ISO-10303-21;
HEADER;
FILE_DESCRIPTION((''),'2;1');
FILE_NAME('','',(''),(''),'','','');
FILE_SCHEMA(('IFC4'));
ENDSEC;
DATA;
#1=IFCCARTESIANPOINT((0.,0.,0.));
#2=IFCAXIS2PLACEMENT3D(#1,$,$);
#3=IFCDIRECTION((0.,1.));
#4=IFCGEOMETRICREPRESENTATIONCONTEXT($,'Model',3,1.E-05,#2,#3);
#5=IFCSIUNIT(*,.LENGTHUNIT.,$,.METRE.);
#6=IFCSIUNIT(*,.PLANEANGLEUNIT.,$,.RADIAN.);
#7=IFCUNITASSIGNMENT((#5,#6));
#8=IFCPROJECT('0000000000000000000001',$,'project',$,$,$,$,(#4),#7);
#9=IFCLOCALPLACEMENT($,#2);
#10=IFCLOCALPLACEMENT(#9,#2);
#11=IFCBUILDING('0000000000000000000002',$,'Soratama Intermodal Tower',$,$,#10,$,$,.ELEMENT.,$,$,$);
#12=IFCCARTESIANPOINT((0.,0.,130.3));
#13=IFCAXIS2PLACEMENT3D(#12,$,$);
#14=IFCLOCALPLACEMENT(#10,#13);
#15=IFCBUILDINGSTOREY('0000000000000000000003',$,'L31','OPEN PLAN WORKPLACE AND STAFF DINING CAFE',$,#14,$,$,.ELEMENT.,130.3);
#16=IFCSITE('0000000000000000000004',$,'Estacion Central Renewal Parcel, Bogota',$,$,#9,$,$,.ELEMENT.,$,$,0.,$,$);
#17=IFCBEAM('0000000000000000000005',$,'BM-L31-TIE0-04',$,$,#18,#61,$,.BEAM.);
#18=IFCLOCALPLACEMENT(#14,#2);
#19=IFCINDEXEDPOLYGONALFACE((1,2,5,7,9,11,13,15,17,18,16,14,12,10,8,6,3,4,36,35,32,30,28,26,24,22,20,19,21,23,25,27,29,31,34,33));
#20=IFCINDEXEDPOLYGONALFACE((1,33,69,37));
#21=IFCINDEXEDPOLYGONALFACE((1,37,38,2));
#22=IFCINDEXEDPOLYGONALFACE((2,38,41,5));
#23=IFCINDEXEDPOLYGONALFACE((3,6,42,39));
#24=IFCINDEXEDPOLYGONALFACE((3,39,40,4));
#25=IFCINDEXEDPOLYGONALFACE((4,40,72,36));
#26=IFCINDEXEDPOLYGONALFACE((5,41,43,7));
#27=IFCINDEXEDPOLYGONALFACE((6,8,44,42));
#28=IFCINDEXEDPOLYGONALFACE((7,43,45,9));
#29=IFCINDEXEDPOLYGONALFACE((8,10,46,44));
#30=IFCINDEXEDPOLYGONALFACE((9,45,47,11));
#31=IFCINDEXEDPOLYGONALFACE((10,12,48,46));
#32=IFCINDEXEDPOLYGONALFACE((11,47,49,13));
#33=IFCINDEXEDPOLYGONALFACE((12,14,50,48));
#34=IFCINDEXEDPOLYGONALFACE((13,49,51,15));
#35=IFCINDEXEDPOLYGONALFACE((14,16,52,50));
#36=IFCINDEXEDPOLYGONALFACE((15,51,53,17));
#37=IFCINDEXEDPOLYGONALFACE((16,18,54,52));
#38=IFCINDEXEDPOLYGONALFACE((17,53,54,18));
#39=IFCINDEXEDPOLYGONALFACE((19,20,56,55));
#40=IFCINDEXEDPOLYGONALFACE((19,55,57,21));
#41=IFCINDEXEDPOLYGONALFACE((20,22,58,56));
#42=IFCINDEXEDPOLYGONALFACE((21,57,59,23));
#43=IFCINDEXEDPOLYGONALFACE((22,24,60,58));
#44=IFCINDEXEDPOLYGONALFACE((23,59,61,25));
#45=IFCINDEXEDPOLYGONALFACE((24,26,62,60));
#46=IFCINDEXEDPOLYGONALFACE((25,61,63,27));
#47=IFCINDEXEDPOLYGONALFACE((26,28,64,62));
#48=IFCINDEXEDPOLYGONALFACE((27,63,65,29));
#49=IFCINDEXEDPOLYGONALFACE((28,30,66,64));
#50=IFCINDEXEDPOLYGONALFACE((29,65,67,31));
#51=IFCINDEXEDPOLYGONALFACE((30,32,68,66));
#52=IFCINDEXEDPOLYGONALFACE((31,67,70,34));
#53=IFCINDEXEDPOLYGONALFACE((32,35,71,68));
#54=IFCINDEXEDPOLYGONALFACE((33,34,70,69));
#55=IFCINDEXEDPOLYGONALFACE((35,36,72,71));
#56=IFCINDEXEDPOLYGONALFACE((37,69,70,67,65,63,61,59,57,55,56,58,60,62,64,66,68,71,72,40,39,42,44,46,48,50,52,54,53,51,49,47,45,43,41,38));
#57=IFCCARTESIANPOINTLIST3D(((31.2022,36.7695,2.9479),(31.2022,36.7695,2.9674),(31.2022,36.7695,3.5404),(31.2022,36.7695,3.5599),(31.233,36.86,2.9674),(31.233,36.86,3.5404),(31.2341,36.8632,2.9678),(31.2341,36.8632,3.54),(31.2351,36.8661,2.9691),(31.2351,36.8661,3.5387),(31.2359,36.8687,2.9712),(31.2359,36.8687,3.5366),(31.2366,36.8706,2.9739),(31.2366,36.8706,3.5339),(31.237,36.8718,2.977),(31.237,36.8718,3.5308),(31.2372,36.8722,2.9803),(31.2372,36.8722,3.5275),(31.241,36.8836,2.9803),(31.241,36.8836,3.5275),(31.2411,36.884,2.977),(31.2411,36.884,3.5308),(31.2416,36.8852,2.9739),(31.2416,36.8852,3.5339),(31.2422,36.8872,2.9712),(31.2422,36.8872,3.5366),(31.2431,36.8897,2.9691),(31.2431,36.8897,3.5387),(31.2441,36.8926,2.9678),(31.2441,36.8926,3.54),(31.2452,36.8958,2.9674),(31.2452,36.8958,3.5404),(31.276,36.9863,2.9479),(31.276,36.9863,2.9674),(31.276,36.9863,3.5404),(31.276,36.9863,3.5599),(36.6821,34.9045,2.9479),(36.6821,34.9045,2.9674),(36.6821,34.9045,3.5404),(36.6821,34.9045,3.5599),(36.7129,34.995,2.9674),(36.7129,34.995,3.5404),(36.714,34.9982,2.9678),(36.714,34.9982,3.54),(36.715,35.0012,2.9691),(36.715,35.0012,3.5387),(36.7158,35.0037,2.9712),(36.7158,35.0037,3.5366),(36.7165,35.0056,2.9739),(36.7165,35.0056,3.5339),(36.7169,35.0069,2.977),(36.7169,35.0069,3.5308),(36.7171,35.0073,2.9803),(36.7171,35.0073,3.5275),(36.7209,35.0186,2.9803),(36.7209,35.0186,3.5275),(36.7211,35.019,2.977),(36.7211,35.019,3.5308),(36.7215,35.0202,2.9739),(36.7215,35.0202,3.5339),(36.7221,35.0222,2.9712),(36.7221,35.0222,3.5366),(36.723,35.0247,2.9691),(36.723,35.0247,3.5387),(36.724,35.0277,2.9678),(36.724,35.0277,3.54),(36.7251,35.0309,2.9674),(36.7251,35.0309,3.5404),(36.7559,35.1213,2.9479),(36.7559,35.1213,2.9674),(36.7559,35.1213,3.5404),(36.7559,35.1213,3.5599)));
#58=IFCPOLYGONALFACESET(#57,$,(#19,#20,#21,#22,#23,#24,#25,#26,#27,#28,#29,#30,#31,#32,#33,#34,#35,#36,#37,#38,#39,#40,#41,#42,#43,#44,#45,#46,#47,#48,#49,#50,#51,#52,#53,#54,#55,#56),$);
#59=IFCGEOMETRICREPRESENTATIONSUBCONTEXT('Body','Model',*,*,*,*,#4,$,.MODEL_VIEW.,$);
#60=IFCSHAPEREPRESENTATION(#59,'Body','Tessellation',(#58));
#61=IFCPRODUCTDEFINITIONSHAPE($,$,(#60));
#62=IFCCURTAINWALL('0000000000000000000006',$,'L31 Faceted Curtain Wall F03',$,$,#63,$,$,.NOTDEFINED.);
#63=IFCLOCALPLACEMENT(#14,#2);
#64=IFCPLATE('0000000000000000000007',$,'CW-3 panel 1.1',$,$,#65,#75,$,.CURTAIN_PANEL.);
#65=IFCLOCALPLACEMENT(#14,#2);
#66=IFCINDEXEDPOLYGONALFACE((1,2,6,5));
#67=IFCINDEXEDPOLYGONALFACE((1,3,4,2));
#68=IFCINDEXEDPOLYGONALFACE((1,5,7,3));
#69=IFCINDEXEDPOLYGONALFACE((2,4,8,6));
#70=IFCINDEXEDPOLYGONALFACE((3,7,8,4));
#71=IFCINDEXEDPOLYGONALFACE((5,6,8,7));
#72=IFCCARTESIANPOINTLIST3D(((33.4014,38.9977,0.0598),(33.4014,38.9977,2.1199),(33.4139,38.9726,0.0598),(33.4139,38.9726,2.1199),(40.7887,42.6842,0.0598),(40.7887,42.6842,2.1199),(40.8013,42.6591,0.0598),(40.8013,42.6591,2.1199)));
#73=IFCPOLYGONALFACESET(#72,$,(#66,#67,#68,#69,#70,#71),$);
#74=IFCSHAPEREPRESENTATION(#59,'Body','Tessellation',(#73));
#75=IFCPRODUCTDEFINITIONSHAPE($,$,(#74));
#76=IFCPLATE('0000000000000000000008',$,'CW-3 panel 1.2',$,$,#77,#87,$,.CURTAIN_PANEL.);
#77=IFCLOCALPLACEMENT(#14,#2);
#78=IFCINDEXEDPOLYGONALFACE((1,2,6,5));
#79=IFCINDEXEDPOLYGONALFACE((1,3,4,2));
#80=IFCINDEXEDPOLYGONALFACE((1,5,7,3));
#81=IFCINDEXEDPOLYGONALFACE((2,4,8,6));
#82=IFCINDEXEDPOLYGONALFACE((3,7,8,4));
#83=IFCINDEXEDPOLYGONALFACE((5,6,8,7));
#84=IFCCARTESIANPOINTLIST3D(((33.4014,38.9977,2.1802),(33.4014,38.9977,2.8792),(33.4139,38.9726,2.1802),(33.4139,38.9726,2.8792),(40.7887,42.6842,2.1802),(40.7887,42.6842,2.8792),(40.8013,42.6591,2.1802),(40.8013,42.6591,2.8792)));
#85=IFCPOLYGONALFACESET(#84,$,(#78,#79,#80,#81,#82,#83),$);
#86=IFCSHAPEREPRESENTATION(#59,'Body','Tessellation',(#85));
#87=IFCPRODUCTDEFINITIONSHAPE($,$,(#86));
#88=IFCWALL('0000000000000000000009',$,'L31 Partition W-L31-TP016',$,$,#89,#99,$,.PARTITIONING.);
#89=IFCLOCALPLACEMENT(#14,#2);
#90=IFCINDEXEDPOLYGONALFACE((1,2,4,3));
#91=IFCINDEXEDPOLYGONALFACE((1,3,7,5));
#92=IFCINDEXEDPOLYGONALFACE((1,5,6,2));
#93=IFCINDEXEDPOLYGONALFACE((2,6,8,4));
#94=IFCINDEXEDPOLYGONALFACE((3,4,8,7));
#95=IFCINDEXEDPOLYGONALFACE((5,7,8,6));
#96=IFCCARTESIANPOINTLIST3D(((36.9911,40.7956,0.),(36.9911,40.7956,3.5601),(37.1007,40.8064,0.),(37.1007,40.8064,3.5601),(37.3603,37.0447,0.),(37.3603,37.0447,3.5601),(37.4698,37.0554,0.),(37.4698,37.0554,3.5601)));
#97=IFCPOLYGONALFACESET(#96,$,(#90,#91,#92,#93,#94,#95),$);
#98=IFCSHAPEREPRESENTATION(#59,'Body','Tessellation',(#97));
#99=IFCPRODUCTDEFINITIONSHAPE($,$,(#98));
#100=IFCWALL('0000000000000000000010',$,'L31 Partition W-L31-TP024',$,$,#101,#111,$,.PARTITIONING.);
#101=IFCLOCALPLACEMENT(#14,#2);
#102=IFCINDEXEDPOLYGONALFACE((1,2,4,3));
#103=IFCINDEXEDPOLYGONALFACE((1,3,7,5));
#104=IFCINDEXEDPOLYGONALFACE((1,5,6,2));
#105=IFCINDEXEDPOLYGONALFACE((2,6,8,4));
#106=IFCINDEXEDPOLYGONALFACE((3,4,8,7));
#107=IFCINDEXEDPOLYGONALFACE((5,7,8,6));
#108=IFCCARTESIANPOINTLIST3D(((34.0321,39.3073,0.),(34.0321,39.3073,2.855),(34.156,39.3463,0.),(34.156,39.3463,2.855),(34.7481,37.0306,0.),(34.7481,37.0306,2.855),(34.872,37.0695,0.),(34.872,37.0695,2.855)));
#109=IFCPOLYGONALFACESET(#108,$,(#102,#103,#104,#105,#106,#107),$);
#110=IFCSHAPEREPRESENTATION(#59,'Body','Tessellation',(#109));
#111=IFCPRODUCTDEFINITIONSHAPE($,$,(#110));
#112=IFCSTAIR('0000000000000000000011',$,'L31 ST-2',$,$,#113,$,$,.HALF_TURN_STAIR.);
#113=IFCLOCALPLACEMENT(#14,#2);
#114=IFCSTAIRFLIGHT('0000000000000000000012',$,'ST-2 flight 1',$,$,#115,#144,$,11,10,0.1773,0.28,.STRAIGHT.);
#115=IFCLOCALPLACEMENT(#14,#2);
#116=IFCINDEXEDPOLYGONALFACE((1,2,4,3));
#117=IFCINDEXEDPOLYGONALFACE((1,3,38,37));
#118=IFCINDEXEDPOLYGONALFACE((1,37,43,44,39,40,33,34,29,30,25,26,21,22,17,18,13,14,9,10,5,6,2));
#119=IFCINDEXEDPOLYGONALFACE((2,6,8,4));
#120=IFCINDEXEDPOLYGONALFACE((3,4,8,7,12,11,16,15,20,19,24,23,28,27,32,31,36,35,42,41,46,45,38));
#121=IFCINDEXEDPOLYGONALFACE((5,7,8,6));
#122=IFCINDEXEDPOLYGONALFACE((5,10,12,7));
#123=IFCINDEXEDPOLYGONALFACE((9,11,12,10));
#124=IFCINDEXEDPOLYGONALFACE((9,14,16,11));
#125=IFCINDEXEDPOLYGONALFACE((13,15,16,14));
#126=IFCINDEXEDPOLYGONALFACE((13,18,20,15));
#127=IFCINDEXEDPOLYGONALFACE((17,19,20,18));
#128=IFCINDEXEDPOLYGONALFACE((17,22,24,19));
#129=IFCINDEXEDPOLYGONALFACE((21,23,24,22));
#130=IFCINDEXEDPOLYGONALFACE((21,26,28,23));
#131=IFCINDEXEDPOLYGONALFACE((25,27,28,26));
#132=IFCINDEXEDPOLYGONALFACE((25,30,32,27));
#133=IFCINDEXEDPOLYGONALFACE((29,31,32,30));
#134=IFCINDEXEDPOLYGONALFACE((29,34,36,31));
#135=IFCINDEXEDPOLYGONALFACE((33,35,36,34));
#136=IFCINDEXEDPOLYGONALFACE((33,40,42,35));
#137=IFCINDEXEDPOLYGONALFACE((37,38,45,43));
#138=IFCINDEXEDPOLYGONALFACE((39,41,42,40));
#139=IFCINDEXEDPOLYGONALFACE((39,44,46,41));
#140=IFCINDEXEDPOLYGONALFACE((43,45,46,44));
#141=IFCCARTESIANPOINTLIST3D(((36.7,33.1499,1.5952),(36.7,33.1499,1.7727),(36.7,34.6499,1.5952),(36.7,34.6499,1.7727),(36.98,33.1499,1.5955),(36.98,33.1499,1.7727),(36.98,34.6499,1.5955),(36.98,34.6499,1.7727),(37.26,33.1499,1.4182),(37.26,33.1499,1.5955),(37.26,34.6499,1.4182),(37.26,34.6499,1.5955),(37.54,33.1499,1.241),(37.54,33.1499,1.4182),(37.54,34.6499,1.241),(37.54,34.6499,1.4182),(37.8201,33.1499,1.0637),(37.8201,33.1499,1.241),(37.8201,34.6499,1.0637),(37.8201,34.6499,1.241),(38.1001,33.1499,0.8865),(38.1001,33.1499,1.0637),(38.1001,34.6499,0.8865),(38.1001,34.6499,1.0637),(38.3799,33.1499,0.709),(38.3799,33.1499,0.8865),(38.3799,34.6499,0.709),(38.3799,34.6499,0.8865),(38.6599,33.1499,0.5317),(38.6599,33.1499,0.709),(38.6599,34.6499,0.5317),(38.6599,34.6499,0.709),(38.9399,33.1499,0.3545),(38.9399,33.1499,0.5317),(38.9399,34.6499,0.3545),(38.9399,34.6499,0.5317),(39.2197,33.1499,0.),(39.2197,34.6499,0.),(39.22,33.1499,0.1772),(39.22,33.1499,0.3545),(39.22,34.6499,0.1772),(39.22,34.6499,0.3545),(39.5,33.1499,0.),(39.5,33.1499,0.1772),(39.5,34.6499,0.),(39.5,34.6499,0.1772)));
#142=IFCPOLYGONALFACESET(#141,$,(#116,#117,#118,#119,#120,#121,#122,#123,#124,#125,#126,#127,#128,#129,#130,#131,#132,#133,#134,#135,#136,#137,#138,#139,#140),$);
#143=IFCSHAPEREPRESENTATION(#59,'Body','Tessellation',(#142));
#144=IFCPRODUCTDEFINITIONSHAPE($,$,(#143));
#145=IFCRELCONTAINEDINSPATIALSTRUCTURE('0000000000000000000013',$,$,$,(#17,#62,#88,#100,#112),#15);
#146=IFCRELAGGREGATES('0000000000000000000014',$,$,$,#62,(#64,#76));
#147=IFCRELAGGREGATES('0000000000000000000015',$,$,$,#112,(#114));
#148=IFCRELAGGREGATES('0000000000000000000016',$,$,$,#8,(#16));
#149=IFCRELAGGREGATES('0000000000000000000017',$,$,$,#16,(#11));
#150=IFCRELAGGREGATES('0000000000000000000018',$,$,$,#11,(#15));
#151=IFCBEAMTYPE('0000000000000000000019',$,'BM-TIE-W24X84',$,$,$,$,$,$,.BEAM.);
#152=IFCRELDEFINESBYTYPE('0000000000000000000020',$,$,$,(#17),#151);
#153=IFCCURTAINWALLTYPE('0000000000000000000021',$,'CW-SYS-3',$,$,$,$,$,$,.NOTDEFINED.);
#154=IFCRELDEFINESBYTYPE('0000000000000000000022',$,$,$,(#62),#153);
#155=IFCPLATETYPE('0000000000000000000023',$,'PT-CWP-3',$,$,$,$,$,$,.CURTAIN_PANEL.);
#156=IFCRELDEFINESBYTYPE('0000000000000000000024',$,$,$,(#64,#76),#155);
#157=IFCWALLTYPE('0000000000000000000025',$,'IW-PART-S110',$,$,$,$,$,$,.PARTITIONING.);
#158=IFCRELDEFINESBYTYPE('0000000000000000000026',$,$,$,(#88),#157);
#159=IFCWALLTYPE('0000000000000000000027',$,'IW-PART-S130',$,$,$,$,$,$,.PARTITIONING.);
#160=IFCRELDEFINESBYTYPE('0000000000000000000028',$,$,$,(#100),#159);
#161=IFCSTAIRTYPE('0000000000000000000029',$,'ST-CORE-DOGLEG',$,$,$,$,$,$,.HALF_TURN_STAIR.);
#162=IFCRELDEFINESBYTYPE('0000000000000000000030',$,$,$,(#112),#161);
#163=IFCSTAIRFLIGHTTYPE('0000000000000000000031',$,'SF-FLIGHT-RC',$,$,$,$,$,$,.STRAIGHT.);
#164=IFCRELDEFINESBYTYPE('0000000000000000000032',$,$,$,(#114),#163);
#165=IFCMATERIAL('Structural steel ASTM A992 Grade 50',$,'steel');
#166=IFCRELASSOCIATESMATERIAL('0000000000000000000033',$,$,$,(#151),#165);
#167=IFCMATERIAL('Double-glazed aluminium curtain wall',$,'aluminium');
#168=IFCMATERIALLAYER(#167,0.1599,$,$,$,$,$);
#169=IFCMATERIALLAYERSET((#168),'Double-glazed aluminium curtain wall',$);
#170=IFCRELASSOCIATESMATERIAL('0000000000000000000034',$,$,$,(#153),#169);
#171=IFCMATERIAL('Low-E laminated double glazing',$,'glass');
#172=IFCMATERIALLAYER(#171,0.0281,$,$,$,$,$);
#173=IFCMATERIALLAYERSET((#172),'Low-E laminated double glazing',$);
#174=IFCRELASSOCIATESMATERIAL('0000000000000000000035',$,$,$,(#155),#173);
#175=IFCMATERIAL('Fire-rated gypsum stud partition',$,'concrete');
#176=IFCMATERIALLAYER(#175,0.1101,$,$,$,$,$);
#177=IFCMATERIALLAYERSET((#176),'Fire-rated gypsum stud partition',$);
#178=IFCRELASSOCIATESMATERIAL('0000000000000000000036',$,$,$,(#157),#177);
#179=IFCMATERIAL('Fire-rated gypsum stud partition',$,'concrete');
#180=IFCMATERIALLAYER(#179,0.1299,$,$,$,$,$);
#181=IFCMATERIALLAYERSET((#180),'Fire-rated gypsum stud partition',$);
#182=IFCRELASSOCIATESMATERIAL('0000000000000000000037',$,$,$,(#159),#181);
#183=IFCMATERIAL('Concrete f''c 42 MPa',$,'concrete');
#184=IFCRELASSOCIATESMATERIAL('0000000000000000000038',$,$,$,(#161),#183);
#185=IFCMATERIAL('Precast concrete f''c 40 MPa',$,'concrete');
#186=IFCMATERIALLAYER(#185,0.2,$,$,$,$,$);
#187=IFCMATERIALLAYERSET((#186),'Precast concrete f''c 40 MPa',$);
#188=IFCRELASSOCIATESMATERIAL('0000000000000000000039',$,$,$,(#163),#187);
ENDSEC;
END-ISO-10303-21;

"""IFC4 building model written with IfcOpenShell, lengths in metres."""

from ifc_helpers import new_model, si_unit, direction, frame, frame_2d, origin, origin_2d, place, context, subcontext, project, spatial, polyline, rectangle, i_section, outline, extrude, material, layer, layer_set, material_profile, profile_set, type_object, element, aggregate, save


model = new_model("IFC4")

# Units and contexts
model_context = context("Model", 3, precision=1e-05, world=origin(), true_north=direction((0.0, 1.0)))
body_context = subcontext(model_context, "Body", "Model", "MODEL_VIEW")
ifc_project = project(units=[si_unit("LENGTHUNIT", "METRE"), si_unit("PLANEANGLEUNIT", "RADIAN")], contexts=[model_context])

# Site, building, storey
site_placement = place(None, origin())
site = spatial("IfcSite", under=ifc_project, at=site_placement, Name="Estacion Central Renewal Parcel, Bogota", CompositionType="ELEMENT", RefElevation=0.0)
building_placement = place(site_placement, origin())
building = spatial("IfcBuilding", under=site, at=building_placement, Name="Soratama Intermodal Tower", CompositionType="ELEMENT")
storey_placement = place(building_placement, frame((0.0, 0.0, 130.3)))
storey = spatial("IfcBuildingStorey", under=building, at=storey_placement, Name="L31", Description="OPEN PLAN WORKPLACE AND STAFF DINING CAFE", CompositionType="ELEMENT", Elevation=130.3)

# Beam
ifc_material_1 = material(Name="Structural steel ASTM A992 Grade 50", Category="steel")
ifc_material_profile_1 = material_profile(ifc_material_1, i_section(OverallWidth=0.229, OverallDepth=0.6121, WebThickness=0.012, FlangeThickness=0.0195, FilletRadius=0.0129, at=origin_2d()), Name="W24X84")
ifc_profile_set_1 = profile_set([ifc_material_profile_1], Name="Structural steel ASTM A992 Grade 50")
beam_type_1 = type_object("IfcBeamType", Name="BM-TIE-W24X84", PredefinedType="BEAM", material=ifc_profile_set_1)
beam_1_placement = place(storey_placement, frame((36.719, 35.0129, 3.2539), z_axis=(-0.946678, 0.322181, 0.0), x_axis=(-0.322181, -0.946678, 0.0)))
element("IfcBeam", 1, at=beam_1_placement, inside=storey, type_object=beam_type_1, Name="BM-L31-TIE0-04", PredefinedType="BEAM", context=body_context, shape_type="SweptSolid", body=[
    extrude(i_section(OverallWidth=0.229, OverallDepth=0.6121, WebThickness=0.012, FlangeThickness=0.0195, FilletRadius=0.0129, at=origin_2d()), origin(), (0.0, 0.0, 1.0), 5.7886),
])

# Curtain wall, plates
ifc_material_2 = material(Name="Double-glazed aluminium curtain wall", Category="aluminium")
ifc_layer_1 = layer(ifc_material_2, 0.1599)
ifc_layer_set_1 = layer_set([ifc_layer_1], Name="Double-glazed aluminium curtain wall")
curtain_wall_type = type_object("IfcCurtainWallType", Name="CW-SYS-3", PredefinedType="NOTDEFINED", material=ifc_layer_set_1)
curtain_wall_placement = place(storey_placement, origin())
curtain_wall = element("IfcCurtainWall", 2, at=curtain_wall_placement, inside=storey, type_object=curtain_wall_type, Name="L31 Faceted Curtain Wall F03", PredefinedType="NOTDEFINED")
ifc_material_3 = material(Name="Low-E laminated double glazing", Category="glass")
ifc_layer_2 = layer(ifc_material_3, 0.0281)
ifc_layer_set_2 = layer_set([ifc_layer_2], Name="Low-E laminated double glazing")
plate_type = type_object("IfcPlateType", Name="PT-CWP-3", PredefinedType="CURTAIN_PANEL", material=ifc_layer_set_2)
plate_1_placement = place(storey_placement, frame((37.1013, 40.8284, 0.0598), z_axis=(0.0, 0.0, 1.0), x_axis=(-0.894776, -0.446516, 0.0)))
plate_1 = element("IfcPlate", 3, at=plate_1_placement, type_object=plate_type, Name="CW-3 panel 1.1", PredefinedType="CURTAIN_PANEL", context=body_context, shape_type="SweptSolid", body=[
    extrude(rectangle(XDim=8.2561, YDim=0.0281, at=origin_2d()), origin(), (0.0, 0.0, 1.0), 2.0601),
])
plate_2_placement = place(storey_placement, frame((37.1013, 40.8284, 2.1802), z_axis=(0.0, 0.0, 1.0), x_axis=(-0.894776, -0.446516, 0.0)))
plate_2 = element("IfcPlate", 4, at=plate_2_placement, type_object=plate_type, Name="CW-3 panel 1.2", PredefinedType="CURTAIN_PANEL", context=body_context, shape_type="SweptSolid", body=[
    extrude(rectangle(XDim=8.2561, YDim=0.0281, at=origin_2d()), origin(), (0.0, 0.0, 1.0), 0.699),
])
aggregate(curtain_wall, [plate_1, plate_2])

# Walls
ifc_material_4 = material(Name="Fire-rated gypsum stud partition", Category="concrete")
ifc_layer_3 = layer(ifc_material_4, 0.1101)
ifc_layer_set_3 = layer_set([ifc_layer_3], Name="Fire-rated gypsum stud partition")
wall_type_1 = type_object("IfcWallType", Name="IW-PART-S110", PredefinedType="PARTITIONING", material=ifc_layer_set_3)
wall_1_placement = place(storey_placement, frame((37.415, 37.05, 0.0), z_axis=(0.0, 0.0, 1.0), x_axis=(-0.097939, 0.995192, 0.0)))
element("IfcWall", 5, at=wall_1_placement, inside=storey, type_object=wall_type_1, Name="L31 Partition W-L31-TP016", PredefinedType="PARTITIONING", context=body_context, shape_type="SweptSolid", body=[
    extrude(rectangle(XDim=3.769, YDim=0.1101, at=frame_2d((1.8845, 0.0))), origin(), (0.0, 0.0, 1.0), 3.5601),
])
ifc_material_5 = material(Name="Fire-rated gypsum stud partition", Category="concrete")
ifc_layer_4 = layer(ifc_material_5, 0.1299)
ifc_layer_set_4 = layer_set([ifc_layer_4], Name="Fire-rated gypsum stud partition")
wall_type_2 = type_object("IfcWallType", Name="IW-PART-S130", PredefinedType="PARTITIONING", material=ifc_layer_set_4)
wall_2_placement = place(storey_placement, frame((34.8101, 37.05, 0.0), z_axis=(0.0, 0.0, 1.0), x_axis=(-0.30001, 0.953936, 0.0)))
element("IfcWall", 6, at=wall_2_placement, inside=storey, type_object=wall_type_2, Name="L31 Partition W-L31-TP024", PredefinedType="PARTITIONING", context=body_context, shape_type="SweptSolid", body=[
    extrude(rectangle(XDim=2.3867, YDim=0.1299, at=frame_2d((1.1934, 0.0))), origin(), (0.0, 0.0, 1.0), 2.855),
])

# Stair, stair flight
ifc_material_6 = material(Name="Concrete f'c 42 MPa", Category="concrete")
stair_type = type_object("IfcStairType", Name="ST-CORE-DOGLEG", PredefinedType="HALF_TURN_STAIR", material=ifc_material_6)
stair_placement = place(storey_placement, origin())
stair = element("IfcStair", 7, at=stair_placement, inside=storey, type_object=stair_type, Name="L31 ST-2", PredefinedType="HALF_TURN_STAIR")
ifc_material_7 = material(Name="Precast concrete f'c 40 MPa", Category="concrete")
ifc_layer_5 = layer(ifc_material_7, 0.2)
ifc_layer_set_5 = layer_set([ifc_layer_5], Name="Precast concrete f'c 40 MPa")
stair_flight_type = type_object("IfcStairFlightType", Name="SF-FLIGHT-RC", PredefinedType="STRAIGHT", material=ifc_layer_set_5)
stair_flight_placement = place(storey_placement, frame((39.5, 33.8999, 0.0), z_axis=(0.0, 0.0, 1.0), x_axis=(-1.0, 0.0, 0.0)))
stair_flight = element("IfcStairFlight", 8, at=stair_flight_placement, type_object=stair_flight_type, Name="ST-2 flight 1", NumberOfRisers=11, NumberOfTreads=10, PredefinedType="STRAIGHT", RiserHeight=0.1773, TreadLength=0.28, context=body_context, shape_type="SweptSolid", body=[
    extrude(outline(polyline([(0.0, 0.0), (0.0, 0.1772), (0.28, 0.1772), (0.28, 0.3545), (0.5601, 0.3545), (0.5601, 0.5317), (0.8401, 0.5317), (0.8401, 0.709), (1.1201, 0.709), (1.1201, 0.8865), (1.3999, 0.8865), (1.3999, 1.0637), (1.6799, 1.0637), (1.6799, 1.241), (1.96, 1.241), (1.96, 1.4182), (2.24, 1.4182), (2.24, 1.5955), (2.52, 1.5955), (2.52, 1.7727), (2.8, 1.7727), (2.8, 1.95), (2.8, 1.5952), (0.2803, 0.0), (0.0, 0.0)])), frame((0.0, 0.75, 0.0), z_axis=(0.0, -1.0, 0.0), x_axis=(1.0, 0.0, 0.0)), (0.0, 0.0, 1.0), 1.5),
])
aggregate(stair, [stair_flight])

save(model, "model.ifc")
